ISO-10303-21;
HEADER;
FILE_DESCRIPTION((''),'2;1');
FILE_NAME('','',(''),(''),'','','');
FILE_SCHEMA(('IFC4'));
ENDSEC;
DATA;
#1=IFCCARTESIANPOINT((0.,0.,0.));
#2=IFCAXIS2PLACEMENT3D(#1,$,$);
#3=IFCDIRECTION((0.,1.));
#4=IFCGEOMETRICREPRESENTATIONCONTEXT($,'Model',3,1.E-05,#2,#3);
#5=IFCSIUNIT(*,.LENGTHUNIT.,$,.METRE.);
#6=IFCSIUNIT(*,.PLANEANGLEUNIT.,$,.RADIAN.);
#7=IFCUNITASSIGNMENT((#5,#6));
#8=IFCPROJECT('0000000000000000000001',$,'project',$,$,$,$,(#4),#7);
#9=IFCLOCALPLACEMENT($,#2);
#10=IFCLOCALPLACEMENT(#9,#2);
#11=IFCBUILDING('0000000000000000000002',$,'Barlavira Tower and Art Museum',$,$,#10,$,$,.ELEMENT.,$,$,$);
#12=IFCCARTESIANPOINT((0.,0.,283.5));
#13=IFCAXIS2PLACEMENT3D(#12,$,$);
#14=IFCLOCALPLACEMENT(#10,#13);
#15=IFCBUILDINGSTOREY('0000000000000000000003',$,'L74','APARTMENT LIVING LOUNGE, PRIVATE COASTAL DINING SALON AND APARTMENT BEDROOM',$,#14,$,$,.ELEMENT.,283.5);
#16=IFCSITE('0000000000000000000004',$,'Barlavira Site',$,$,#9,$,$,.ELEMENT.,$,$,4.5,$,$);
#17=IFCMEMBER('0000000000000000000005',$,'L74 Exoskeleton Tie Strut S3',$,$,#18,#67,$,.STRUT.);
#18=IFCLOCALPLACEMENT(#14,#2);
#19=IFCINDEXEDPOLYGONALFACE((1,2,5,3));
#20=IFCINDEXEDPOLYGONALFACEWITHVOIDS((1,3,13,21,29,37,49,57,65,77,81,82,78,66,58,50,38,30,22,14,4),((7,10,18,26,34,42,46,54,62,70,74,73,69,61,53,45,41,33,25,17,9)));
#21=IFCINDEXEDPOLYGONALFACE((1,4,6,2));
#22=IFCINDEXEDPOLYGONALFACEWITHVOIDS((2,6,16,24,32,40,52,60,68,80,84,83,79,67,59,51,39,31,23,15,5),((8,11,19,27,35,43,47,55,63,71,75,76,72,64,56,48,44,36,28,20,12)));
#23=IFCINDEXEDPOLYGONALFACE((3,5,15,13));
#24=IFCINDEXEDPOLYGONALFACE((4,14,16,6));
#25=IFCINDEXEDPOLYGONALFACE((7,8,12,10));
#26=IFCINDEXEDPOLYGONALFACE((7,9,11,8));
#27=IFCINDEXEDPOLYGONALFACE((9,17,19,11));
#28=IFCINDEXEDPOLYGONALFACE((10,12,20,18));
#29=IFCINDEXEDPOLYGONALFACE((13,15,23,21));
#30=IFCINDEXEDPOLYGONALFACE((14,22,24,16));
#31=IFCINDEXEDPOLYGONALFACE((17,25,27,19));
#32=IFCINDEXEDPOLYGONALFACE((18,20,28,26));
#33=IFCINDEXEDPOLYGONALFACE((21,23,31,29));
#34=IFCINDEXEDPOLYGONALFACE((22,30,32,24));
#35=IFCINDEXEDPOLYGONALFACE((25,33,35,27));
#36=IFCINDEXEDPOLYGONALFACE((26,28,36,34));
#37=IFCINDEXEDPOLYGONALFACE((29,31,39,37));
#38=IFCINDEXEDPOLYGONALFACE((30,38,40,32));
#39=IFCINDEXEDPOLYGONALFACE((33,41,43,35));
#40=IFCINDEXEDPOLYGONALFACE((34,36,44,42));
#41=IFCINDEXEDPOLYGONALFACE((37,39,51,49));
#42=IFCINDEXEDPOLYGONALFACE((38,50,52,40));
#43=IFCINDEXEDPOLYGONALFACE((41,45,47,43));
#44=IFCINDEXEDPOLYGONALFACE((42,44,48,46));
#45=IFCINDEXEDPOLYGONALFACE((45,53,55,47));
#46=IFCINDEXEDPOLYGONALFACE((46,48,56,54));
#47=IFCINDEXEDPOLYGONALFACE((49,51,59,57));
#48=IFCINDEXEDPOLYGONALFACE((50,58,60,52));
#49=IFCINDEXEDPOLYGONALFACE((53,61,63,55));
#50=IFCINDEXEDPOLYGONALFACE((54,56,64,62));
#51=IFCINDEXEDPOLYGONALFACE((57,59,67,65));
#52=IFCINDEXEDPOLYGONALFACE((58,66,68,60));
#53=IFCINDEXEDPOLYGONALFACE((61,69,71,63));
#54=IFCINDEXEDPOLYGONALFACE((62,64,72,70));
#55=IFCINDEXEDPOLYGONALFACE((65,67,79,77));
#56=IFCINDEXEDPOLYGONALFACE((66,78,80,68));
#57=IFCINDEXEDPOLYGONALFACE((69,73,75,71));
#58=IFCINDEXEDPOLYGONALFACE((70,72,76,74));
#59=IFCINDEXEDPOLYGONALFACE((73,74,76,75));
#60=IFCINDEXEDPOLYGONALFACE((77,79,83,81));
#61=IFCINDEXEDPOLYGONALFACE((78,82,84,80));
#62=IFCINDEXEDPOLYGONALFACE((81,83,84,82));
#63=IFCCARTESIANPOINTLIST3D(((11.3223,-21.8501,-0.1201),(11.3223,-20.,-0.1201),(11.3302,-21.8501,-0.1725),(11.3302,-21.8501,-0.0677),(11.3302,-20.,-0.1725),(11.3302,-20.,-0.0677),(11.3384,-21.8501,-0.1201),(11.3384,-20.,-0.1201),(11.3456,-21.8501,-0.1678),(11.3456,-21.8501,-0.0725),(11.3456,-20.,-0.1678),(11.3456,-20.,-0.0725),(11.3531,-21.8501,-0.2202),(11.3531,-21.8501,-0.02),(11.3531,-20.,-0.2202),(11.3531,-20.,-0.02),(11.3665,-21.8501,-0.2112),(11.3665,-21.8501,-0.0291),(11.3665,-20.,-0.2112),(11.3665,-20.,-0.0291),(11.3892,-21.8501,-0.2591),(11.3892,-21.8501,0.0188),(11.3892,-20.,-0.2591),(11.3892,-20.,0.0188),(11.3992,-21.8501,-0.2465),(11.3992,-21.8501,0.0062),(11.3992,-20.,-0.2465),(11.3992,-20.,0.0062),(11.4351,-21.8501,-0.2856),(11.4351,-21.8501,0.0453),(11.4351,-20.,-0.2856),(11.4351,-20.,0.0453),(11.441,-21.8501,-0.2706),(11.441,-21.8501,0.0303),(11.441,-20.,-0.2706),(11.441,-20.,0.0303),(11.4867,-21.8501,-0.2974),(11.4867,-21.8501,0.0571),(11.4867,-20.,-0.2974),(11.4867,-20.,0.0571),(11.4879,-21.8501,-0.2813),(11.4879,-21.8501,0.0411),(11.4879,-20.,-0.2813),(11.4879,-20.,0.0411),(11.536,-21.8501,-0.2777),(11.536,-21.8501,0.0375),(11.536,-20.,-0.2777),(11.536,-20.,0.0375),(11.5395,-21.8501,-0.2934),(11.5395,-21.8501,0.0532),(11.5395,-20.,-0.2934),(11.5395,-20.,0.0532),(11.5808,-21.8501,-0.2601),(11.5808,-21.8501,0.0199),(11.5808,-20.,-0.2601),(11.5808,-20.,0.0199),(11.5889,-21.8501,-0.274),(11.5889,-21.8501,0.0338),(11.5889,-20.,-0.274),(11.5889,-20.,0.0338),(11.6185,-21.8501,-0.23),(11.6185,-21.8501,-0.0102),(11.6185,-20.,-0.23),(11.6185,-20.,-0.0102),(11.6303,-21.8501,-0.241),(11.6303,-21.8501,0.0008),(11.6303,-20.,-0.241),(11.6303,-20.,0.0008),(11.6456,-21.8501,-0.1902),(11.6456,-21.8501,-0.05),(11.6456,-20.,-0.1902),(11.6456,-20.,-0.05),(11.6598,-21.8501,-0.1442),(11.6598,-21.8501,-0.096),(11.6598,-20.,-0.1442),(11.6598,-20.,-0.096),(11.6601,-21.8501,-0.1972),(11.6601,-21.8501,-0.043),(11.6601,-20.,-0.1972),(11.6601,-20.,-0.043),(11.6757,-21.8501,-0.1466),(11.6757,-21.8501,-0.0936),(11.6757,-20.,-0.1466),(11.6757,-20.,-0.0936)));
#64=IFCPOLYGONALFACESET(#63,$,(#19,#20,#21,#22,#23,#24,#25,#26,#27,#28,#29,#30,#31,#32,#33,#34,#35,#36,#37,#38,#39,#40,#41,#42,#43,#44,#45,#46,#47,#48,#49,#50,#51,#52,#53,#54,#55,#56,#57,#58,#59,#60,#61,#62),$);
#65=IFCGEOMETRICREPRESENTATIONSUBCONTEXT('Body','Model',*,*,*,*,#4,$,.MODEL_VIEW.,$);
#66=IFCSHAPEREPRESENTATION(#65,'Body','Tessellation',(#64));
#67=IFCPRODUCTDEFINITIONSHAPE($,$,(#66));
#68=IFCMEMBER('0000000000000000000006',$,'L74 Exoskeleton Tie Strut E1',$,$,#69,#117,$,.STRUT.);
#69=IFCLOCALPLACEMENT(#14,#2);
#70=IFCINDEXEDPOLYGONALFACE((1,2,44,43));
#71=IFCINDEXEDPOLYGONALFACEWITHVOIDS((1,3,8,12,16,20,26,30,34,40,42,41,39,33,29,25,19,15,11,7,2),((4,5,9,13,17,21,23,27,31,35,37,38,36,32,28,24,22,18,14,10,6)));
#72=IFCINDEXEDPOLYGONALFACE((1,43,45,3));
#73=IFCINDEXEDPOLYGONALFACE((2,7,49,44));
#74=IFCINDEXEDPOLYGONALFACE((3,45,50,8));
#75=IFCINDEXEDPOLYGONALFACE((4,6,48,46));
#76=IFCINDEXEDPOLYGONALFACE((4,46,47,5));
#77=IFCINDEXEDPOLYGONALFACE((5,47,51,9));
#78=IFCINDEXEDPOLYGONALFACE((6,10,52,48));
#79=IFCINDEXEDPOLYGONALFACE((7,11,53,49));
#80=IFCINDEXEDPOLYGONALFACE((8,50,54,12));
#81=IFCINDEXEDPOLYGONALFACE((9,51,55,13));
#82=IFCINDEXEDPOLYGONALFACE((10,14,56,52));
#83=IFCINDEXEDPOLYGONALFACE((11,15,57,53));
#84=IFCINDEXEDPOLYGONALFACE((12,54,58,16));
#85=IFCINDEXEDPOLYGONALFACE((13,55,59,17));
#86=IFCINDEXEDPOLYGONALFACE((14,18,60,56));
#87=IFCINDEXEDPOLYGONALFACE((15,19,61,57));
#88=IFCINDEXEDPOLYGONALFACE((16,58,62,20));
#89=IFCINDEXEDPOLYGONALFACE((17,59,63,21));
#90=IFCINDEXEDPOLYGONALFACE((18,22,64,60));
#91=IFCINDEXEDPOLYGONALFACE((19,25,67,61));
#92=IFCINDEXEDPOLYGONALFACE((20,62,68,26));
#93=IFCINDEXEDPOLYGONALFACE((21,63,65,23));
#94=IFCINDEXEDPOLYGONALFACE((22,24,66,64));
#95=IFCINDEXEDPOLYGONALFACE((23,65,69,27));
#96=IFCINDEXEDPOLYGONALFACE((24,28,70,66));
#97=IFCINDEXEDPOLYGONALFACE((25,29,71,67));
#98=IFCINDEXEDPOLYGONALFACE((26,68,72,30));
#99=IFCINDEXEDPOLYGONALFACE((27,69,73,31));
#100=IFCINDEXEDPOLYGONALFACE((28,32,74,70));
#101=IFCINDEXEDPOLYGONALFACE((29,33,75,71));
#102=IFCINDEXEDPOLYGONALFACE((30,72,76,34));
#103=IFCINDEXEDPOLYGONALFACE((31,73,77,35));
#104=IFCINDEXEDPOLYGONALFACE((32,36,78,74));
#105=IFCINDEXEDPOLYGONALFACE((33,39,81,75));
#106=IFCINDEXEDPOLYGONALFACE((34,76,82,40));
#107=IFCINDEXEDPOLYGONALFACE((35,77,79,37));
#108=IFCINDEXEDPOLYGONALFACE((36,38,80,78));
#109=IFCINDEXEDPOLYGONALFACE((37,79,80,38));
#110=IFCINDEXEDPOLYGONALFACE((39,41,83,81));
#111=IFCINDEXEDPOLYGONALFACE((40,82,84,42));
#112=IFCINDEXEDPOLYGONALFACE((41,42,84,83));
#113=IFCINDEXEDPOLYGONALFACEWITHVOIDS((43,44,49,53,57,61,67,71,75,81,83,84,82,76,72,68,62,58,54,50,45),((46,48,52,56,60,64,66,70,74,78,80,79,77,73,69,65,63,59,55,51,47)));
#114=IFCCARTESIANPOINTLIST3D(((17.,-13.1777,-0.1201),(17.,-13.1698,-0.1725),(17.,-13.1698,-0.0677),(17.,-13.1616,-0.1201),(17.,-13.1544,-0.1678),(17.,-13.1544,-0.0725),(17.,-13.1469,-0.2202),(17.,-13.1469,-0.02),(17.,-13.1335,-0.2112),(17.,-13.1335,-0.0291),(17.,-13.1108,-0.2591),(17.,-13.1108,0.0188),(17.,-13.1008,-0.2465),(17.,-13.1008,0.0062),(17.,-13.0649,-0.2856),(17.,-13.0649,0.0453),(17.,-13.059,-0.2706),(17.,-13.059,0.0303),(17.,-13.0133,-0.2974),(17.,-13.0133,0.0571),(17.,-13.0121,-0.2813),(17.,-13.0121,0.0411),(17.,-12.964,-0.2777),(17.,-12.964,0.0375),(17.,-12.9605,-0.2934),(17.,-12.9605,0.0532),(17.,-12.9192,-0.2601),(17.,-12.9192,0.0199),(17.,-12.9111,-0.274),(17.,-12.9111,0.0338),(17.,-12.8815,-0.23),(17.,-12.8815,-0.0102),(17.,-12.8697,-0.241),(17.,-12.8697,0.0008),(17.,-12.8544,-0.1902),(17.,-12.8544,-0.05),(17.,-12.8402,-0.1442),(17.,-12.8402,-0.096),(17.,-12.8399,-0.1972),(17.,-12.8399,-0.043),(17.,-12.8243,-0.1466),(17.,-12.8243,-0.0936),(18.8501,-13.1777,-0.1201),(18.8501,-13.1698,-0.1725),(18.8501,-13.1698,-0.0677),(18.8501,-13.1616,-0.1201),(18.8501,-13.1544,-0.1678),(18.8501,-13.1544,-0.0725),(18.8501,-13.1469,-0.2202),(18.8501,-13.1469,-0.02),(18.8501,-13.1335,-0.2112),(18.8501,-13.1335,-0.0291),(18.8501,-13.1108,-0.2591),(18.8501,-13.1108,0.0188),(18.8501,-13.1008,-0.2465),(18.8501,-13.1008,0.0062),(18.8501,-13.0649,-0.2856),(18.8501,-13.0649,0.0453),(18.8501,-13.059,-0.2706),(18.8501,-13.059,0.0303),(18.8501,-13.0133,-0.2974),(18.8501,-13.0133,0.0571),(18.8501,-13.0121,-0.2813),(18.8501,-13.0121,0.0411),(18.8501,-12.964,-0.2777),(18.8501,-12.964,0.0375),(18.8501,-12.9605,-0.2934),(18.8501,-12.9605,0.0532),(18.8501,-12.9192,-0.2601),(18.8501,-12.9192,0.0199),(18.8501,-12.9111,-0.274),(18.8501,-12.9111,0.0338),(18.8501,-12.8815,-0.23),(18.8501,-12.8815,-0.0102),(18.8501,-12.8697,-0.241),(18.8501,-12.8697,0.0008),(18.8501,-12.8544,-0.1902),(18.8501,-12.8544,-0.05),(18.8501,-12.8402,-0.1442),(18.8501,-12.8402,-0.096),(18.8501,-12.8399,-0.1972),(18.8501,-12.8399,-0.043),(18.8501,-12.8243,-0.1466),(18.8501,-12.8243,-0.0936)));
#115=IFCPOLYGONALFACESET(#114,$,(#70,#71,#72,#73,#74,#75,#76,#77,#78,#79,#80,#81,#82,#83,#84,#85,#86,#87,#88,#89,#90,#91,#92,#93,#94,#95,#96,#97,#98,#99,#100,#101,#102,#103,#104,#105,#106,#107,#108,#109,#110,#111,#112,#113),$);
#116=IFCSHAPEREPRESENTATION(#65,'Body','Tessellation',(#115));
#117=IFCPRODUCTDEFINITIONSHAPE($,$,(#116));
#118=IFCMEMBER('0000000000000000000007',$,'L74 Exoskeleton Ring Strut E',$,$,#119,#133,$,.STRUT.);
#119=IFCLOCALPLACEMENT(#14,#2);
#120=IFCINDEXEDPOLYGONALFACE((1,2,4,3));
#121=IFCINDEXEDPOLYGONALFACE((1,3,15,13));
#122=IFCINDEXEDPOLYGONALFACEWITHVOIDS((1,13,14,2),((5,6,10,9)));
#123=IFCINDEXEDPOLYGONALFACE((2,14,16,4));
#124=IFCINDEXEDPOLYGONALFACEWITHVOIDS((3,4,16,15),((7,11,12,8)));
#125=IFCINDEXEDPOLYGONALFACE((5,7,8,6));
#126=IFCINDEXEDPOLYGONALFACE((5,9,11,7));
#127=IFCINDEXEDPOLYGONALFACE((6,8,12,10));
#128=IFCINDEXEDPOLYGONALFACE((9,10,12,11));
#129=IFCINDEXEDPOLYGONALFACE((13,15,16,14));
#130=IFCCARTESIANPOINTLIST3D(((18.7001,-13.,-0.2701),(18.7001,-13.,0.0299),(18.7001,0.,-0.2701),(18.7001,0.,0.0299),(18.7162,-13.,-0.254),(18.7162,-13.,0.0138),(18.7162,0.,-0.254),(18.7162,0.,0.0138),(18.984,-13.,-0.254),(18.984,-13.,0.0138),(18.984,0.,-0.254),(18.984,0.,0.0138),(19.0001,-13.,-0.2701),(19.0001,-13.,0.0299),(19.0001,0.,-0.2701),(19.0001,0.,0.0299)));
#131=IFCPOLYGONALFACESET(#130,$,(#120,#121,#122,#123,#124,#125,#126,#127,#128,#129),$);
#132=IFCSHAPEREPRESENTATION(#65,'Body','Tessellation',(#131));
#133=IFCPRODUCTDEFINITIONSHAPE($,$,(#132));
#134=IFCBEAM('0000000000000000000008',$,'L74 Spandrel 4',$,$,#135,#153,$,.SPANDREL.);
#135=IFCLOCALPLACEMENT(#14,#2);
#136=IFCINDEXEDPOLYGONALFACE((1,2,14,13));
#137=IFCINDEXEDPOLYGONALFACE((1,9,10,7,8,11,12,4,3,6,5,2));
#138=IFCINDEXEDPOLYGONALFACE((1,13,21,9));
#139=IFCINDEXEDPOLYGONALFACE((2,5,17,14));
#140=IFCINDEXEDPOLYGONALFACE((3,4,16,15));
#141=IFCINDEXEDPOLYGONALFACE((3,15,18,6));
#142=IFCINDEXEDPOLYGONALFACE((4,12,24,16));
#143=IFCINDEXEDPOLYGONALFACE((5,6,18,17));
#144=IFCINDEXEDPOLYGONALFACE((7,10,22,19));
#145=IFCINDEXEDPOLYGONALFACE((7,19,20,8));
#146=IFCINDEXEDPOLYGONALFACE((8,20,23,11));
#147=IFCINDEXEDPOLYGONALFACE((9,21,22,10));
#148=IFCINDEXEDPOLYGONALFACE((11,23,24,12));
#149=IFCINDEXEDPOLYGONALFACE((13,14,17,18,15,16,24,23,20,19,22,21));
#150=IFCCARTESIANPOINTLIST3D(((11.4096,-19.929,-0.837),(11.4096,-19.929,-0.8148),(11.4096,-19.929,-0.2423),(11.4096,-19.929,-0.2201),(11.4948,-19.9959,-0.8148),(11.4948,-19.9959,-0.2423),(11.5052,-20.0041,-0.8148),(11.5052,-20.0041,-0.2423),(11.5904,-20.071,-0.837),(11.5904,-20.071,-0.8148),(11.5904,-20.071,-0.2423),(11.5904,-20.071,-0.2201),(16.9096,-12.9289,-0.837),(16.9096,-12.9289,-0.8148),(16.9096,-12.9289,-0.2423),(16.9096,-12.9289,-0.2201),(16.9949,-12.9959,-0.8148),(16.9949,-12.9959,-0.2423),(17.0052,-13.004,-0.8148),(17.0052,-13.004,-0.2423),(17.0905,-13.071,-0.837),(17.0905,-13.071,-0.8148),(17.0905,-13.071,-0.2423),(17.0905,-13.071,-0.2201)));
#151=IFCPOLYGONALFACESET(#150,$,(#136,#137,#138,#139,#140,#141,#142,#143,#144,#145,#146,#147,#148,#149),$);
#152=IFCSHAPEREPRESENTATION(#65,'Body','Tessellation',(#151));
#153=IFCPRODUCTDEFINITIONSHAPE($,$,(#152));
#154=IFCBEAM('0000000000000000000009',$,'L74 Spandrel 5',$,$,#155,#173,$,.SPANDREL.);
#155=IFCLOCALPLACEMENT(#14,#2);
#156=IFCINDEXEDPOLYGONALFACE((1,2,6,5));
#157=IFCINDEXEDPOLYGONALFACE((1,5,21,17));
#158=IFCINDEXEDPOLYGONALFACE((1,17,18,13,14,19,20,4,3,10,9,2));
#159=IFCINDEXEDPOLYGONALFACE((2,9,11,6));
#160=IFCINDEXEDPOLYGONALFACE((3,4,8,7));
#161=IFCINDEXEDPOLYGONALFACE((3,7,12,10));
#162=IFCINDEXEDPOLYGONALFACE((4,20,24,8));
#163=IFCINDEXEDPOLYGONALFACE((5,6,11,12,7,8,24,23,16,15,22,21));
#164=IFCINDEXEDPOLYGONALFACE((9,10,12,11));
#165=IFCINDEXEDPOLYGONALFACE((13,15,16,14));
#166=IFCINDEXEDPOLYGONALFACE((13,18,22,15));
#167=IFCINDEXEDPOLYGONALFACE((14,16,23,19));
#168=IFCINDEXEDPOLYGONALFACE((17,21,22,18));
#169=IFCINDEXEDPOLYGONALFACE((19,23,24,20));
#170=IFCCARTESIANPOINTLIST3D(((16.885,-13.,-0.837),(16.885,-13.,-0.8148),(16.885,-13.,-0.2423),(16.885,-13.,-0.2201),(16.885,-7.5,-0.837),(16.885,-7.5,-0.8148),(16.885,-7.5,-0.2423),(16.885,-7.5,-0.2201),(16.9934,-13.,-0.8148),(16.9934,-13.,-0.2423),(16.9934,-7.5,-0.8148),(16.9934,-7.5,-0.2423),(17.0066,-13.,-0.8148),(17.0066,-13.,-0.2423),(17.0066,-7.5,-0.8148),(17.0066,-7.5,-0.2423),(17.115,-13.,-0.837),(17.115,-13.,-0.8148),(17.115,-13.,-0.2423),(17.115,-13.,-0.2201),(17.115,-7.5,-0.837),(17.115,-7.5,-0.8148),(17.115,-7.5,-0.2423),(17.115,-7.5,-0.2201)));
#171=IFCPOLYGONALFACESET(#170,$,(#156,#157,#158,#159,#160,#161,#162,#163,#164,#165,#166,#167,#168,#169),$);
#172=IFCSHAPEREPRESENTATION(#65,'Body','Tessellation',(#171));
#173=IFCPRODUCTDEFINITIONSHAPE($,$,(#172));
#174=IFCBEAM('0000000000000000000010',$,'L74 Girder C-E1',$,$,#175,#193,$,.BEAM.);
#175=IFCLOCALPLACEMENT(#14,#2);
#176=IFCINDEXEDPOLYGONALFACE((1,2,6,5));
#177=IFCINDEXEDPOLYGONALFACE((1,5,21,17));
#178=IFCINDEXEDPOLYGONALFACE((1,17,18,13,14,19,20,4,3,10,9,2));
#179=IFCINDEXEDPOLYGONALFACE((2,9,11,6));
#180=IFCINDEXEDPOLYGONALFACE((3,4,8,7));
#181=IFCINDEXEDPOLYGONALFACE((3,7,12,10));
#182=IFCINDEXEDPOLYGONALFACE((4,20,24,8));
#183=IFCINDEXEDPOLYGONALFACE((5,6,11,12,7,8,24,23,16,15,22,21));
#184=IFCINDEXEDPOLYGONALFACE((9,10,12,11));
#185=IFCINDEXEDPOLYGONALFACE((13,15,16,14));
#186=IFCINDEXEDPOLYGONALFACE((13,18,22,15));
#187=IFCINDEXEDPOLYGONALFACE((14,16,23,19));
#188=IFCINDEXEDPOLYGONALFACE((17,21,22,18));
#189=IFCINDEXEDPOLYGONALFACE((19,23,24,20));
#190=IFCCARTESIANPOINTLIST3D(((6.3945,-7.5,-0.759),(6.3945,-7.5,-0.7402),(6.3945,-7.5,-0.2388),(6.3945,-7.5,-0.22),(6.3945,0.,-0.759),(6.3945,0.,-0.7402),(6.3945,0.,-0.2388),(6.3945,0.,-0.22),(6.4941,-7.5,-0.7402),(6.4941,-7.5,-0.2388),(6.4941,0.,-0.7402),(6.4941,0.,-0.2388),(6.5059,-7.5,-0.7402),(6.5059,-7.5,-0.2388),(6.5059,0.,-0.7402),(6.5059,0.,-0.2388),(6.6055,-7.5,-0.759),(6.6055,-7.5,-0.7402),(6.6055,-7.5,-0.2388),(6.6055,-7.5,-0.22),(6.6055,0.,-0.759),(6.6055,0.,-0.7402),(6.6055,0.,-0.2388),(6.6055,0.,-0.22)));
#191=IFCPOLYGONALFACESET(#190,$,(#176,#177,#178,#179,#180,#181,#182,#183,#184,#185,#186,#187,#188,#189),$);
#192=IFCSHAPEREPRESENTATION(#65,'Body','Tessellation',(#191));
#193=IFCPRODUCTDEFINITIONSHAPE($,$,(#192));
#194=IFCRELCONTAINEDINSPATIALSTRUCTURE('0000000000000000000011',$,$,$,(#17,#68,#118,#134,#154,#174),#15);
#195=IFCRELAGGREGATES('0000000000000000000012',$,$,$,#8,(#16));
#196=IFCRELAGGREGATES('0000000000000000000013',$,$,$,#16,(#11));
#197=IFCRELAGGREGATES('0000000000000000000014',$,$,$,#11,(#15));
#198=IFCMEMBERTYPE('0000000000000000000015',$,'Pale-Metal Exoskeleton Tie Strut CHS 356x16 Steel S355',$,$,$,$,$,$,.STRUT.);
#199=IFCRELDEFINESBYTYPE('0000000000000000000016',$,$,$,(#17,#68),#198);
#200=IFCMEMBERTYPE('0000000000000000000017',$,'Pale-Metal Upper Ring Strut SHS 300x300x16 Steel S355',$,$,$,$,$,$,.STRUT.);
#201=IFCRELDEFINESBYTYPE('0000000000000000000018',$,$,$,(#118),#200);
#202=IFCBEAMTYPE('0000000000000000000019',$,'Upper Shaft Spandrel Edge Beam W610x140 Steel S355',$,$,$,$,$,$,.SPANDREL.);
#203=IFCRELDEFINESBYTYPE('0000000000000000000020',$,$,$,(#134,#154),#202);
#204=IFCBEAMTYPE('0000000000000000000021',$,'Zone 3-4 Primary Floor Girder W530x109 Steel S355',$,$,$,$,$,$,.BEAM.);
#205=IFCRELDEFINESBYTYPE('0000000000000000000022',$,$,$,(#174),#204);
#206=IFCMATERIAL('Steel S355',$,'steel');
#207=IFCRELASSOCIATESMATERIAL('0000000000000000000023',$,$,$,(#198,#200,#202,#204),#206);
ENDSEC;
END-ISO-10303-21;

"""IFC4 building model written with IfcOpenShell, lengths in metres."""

from ifc_helpers import new_model, si_unit, direction, frame, origin, origin_2d, place, context, subcontext, project, spatial, hollow_rectangle, hollow_circle, i_section, extrude, material, material_profile, profile_set, type_object, element, save


model = new_model("IFC4")

# Units and contexts
model_context = context("Model", 3, precision=1e-05, world=origin(), true_north=direction((0.0, 1.0)))
body_context = subcontext(model_context, "Body", "Model", "MODEL_VIEW")
ifc_project = project(units=[si_unit("LENGTHUNIT", "METRE"), si_unit("PLANEANGLEUNIT", "RADIAN")], contexts=[model_context])

# Site, building, storey
site_placement = place(None, origin())
site = spatial("IfcSite", under=ifc_project, at=site_placement, Name="Barlavira Site", CompositionType="ELEMENT", RefElevation=4.5)
building_placement = place(site_placement, origin())
building = spatial("IfcBuilding", under=site, at=building_placement, Name="Barlavira Tower and Art Museum", CompositionType="ELEMENT")
storey_placement = place(building_placement, frame((0.0, 0.0, 283.5)))
storey = spatial("IfcBuildingStorey", under=building, at=storey_placement, Name="L74", Description="APARTMENT LIVING LOUNGE, PRIVATE COASTAL DINING SALON AND APARTMENT BEDROOM", CompositionType="ELEMENT", Elevation=283.5)

# Members
ifc_material_1 = material(Name="Steel S355", Category="steel")
ifc_material_profile_1 = material_profile(ifc_material_1, hollow_circle(Radius=0.1777, WallThickness=0.0161, at=origin_2d()), Name="CHS 355.6x16.0")
ifc_profile_set_1 = profile_set([ifc_material_profile_1], Name="Steel S355")
member_type_1 = type_object("IfcMemberType", Name="Pale-Metal Exoskeleton Tie Strut CHS 356x16 Steel S355", PredefinedType="STRUT", material=ifc_profile_set_1)
for number, where, z_axis, x_axis, name in (
    (1, (11.5, -21.8501, -0.1201), (0.0, 1.0, 0.0), (-1.0, 0.0, 0.0), "L74 Exoskeleton Tie Strut S3"),
    (2, (18.8501, -13.0, -0.1201), (-1.0, 0.0, 0.0), (0.0, -1.0, 0.0), "L74 Exoskeleton Tie Strut E1"),
):
    element("IfcMember", number, at=place(storey_placement, frame(where, z_axis=z_axis, x_axis=x_axis)), inside=storey, type_object=member_type_1, Name=name, PredefinedType="STRUT", context=body_context, shape_type="SweptSolid", body=[
        extrude(hollow_circle(Radius=0.1777, WallThickness=0.0161, at=origin_2d()), origin(), (0.0, 0.0, 1.0), 1.8501),
    ])
ifc_material_profile_2 = material_profile(ifc_material_1, hollow_rectangle(XDim=0.3, YDim=0.3, WallThickness=0.0161, at=origin_2d()), Name="SHS 300x300x16.0")
ifc_profile_set_2 = profile_set([ifc_material_profile_2], Name="Steel S355")
member_type_2 = type_object("IfcMemberType", Name="Pale-Metal Upper Ring Strut SHS 300x300x16 Steel S355", PredefinedType="STRUT", material=ifc_profile_set_2)
member_1_placement = place(storey_placement, frame((18.8501, -13.0, -0.1201), z_axis=(0.0, 1.0, 0.0), x_axis=(-1.0, 0.0, 0.0)))
element("IfcMember", 3, at=member_1_placement, inside=storey, type_object=member_type_2, Name="L74 Exoskeleton Ring Strut E", PredefinedType="STRUT", context=body_context, shape_type="SweptSolid", body=[
    extrude(hollow_rectangle(XDim=0.3, YDim=0.3, WallThickness=0.0161, at=origin_2d()), origin(), (0.0, 0.0, 1.0), 13.0),
])

# Beams
ifc_material_profile_3 = material_profile(ifc_material_1, i_section(OverallWidth=0.23, OverallDepth=0.6169, WebThickness=0.0132, FlangeThickness=0.0222, at=origin_2d()), Name="W610x140.0")
ifc_profile_set_3 = profile_set([ifc_material_profile_3], Name="Steel S355")
beam_type_1 = type_object("IfcBeamType", Name="Upper Shaft Spandrel Edge Beam W610x140 Steel S355", PredefinedType="SPANDREL", material=ifc_profile_set_3)
beam_1_placement = place(storey_placement, frame((11.5, -20.0, -0.5286), z_axis=(0.617822, 0.786318, 0.0), x_axis=(-0.786318, 0.617822, 0.0)))
element("IfcBeam", 4, at=beam_1_placement, inside=storey, type_object=beam_type_1, Name="L74 Spandrel 4", PredefinedType="SPANDREL", context=body_context, shape_type="SweptSolid", body=[
    extrude(i_section(OverallWidth=0.23, OverallDepth=0.6169, WebThickness=0.0132, FlangeThickness=0.0222, at=origin_2d()), origin(), (0.0, 0.0, 1.0), 8.9023),
])
beam_2_placement = place(storey_placement, frame((17.0, -13.0, -0.5286), z_axis=(0.0, 1.0, 0.0), x_axis=(-1.0, 0.0, 0.0)))
element("IfcBeam", 5, at=beam_2_placement, inside=storey, type_object=beam_type_1, Name="L74 Spandrel 5", PredefinedType="SPANDREL", context=body_context, shape_type="SweptSolid", body=[
    extrude(i_section(OverallWidth=0.23, OverallDepth=0.6169, WebThickness=0.0132, FlangeThickness=0.0222, at=origin_2d()), origin(), (0.0, 0.0, 1.0), 5.5),
])
ifc_material_profile_4 = material_profile(ifc_material_1, i_section(OverallWidth=0.2109, OverallDepth=0.5391, WebThickness=0.0117, FlangeThickness=0.0188, at=origin_2d()), Name="W530x109.0")
ifc_profile_set_4 = profile_set([ifc_material_profile_4], Name="Steel S355")
beam_type_2 = type_object("IfcBeamType", Name="Zone 3-4 Primary Floor Girder W530x109 Steel S355", PredefinedType="BEAM", material=ifc_profile_set_4)
beam_3_placement = place(storey_placement, frame((6.5, -7.5, -0.4895), z_axis=(0.0, 1.0, 0.0), x_axis=(-1.0, 0.0, 0.0)))
element("IfcBeam", 6, at=beam_3_placement, inside=storey, type_object=beam_type_2, Name="L74 Girder C-E1", PredefinedType="BEAM", context=body_context, shape_type="SweptSolid", body=[
    extrude(i_section(OverallWidth=0.2109, OverallDepth=0.5391, WebThickness=0.0117, FlangeThickness=0.0188, at=origin_2d()), origin(), (0.0, 0.0, 1.0), 7.5),
])

save(model, "model.ifc")
